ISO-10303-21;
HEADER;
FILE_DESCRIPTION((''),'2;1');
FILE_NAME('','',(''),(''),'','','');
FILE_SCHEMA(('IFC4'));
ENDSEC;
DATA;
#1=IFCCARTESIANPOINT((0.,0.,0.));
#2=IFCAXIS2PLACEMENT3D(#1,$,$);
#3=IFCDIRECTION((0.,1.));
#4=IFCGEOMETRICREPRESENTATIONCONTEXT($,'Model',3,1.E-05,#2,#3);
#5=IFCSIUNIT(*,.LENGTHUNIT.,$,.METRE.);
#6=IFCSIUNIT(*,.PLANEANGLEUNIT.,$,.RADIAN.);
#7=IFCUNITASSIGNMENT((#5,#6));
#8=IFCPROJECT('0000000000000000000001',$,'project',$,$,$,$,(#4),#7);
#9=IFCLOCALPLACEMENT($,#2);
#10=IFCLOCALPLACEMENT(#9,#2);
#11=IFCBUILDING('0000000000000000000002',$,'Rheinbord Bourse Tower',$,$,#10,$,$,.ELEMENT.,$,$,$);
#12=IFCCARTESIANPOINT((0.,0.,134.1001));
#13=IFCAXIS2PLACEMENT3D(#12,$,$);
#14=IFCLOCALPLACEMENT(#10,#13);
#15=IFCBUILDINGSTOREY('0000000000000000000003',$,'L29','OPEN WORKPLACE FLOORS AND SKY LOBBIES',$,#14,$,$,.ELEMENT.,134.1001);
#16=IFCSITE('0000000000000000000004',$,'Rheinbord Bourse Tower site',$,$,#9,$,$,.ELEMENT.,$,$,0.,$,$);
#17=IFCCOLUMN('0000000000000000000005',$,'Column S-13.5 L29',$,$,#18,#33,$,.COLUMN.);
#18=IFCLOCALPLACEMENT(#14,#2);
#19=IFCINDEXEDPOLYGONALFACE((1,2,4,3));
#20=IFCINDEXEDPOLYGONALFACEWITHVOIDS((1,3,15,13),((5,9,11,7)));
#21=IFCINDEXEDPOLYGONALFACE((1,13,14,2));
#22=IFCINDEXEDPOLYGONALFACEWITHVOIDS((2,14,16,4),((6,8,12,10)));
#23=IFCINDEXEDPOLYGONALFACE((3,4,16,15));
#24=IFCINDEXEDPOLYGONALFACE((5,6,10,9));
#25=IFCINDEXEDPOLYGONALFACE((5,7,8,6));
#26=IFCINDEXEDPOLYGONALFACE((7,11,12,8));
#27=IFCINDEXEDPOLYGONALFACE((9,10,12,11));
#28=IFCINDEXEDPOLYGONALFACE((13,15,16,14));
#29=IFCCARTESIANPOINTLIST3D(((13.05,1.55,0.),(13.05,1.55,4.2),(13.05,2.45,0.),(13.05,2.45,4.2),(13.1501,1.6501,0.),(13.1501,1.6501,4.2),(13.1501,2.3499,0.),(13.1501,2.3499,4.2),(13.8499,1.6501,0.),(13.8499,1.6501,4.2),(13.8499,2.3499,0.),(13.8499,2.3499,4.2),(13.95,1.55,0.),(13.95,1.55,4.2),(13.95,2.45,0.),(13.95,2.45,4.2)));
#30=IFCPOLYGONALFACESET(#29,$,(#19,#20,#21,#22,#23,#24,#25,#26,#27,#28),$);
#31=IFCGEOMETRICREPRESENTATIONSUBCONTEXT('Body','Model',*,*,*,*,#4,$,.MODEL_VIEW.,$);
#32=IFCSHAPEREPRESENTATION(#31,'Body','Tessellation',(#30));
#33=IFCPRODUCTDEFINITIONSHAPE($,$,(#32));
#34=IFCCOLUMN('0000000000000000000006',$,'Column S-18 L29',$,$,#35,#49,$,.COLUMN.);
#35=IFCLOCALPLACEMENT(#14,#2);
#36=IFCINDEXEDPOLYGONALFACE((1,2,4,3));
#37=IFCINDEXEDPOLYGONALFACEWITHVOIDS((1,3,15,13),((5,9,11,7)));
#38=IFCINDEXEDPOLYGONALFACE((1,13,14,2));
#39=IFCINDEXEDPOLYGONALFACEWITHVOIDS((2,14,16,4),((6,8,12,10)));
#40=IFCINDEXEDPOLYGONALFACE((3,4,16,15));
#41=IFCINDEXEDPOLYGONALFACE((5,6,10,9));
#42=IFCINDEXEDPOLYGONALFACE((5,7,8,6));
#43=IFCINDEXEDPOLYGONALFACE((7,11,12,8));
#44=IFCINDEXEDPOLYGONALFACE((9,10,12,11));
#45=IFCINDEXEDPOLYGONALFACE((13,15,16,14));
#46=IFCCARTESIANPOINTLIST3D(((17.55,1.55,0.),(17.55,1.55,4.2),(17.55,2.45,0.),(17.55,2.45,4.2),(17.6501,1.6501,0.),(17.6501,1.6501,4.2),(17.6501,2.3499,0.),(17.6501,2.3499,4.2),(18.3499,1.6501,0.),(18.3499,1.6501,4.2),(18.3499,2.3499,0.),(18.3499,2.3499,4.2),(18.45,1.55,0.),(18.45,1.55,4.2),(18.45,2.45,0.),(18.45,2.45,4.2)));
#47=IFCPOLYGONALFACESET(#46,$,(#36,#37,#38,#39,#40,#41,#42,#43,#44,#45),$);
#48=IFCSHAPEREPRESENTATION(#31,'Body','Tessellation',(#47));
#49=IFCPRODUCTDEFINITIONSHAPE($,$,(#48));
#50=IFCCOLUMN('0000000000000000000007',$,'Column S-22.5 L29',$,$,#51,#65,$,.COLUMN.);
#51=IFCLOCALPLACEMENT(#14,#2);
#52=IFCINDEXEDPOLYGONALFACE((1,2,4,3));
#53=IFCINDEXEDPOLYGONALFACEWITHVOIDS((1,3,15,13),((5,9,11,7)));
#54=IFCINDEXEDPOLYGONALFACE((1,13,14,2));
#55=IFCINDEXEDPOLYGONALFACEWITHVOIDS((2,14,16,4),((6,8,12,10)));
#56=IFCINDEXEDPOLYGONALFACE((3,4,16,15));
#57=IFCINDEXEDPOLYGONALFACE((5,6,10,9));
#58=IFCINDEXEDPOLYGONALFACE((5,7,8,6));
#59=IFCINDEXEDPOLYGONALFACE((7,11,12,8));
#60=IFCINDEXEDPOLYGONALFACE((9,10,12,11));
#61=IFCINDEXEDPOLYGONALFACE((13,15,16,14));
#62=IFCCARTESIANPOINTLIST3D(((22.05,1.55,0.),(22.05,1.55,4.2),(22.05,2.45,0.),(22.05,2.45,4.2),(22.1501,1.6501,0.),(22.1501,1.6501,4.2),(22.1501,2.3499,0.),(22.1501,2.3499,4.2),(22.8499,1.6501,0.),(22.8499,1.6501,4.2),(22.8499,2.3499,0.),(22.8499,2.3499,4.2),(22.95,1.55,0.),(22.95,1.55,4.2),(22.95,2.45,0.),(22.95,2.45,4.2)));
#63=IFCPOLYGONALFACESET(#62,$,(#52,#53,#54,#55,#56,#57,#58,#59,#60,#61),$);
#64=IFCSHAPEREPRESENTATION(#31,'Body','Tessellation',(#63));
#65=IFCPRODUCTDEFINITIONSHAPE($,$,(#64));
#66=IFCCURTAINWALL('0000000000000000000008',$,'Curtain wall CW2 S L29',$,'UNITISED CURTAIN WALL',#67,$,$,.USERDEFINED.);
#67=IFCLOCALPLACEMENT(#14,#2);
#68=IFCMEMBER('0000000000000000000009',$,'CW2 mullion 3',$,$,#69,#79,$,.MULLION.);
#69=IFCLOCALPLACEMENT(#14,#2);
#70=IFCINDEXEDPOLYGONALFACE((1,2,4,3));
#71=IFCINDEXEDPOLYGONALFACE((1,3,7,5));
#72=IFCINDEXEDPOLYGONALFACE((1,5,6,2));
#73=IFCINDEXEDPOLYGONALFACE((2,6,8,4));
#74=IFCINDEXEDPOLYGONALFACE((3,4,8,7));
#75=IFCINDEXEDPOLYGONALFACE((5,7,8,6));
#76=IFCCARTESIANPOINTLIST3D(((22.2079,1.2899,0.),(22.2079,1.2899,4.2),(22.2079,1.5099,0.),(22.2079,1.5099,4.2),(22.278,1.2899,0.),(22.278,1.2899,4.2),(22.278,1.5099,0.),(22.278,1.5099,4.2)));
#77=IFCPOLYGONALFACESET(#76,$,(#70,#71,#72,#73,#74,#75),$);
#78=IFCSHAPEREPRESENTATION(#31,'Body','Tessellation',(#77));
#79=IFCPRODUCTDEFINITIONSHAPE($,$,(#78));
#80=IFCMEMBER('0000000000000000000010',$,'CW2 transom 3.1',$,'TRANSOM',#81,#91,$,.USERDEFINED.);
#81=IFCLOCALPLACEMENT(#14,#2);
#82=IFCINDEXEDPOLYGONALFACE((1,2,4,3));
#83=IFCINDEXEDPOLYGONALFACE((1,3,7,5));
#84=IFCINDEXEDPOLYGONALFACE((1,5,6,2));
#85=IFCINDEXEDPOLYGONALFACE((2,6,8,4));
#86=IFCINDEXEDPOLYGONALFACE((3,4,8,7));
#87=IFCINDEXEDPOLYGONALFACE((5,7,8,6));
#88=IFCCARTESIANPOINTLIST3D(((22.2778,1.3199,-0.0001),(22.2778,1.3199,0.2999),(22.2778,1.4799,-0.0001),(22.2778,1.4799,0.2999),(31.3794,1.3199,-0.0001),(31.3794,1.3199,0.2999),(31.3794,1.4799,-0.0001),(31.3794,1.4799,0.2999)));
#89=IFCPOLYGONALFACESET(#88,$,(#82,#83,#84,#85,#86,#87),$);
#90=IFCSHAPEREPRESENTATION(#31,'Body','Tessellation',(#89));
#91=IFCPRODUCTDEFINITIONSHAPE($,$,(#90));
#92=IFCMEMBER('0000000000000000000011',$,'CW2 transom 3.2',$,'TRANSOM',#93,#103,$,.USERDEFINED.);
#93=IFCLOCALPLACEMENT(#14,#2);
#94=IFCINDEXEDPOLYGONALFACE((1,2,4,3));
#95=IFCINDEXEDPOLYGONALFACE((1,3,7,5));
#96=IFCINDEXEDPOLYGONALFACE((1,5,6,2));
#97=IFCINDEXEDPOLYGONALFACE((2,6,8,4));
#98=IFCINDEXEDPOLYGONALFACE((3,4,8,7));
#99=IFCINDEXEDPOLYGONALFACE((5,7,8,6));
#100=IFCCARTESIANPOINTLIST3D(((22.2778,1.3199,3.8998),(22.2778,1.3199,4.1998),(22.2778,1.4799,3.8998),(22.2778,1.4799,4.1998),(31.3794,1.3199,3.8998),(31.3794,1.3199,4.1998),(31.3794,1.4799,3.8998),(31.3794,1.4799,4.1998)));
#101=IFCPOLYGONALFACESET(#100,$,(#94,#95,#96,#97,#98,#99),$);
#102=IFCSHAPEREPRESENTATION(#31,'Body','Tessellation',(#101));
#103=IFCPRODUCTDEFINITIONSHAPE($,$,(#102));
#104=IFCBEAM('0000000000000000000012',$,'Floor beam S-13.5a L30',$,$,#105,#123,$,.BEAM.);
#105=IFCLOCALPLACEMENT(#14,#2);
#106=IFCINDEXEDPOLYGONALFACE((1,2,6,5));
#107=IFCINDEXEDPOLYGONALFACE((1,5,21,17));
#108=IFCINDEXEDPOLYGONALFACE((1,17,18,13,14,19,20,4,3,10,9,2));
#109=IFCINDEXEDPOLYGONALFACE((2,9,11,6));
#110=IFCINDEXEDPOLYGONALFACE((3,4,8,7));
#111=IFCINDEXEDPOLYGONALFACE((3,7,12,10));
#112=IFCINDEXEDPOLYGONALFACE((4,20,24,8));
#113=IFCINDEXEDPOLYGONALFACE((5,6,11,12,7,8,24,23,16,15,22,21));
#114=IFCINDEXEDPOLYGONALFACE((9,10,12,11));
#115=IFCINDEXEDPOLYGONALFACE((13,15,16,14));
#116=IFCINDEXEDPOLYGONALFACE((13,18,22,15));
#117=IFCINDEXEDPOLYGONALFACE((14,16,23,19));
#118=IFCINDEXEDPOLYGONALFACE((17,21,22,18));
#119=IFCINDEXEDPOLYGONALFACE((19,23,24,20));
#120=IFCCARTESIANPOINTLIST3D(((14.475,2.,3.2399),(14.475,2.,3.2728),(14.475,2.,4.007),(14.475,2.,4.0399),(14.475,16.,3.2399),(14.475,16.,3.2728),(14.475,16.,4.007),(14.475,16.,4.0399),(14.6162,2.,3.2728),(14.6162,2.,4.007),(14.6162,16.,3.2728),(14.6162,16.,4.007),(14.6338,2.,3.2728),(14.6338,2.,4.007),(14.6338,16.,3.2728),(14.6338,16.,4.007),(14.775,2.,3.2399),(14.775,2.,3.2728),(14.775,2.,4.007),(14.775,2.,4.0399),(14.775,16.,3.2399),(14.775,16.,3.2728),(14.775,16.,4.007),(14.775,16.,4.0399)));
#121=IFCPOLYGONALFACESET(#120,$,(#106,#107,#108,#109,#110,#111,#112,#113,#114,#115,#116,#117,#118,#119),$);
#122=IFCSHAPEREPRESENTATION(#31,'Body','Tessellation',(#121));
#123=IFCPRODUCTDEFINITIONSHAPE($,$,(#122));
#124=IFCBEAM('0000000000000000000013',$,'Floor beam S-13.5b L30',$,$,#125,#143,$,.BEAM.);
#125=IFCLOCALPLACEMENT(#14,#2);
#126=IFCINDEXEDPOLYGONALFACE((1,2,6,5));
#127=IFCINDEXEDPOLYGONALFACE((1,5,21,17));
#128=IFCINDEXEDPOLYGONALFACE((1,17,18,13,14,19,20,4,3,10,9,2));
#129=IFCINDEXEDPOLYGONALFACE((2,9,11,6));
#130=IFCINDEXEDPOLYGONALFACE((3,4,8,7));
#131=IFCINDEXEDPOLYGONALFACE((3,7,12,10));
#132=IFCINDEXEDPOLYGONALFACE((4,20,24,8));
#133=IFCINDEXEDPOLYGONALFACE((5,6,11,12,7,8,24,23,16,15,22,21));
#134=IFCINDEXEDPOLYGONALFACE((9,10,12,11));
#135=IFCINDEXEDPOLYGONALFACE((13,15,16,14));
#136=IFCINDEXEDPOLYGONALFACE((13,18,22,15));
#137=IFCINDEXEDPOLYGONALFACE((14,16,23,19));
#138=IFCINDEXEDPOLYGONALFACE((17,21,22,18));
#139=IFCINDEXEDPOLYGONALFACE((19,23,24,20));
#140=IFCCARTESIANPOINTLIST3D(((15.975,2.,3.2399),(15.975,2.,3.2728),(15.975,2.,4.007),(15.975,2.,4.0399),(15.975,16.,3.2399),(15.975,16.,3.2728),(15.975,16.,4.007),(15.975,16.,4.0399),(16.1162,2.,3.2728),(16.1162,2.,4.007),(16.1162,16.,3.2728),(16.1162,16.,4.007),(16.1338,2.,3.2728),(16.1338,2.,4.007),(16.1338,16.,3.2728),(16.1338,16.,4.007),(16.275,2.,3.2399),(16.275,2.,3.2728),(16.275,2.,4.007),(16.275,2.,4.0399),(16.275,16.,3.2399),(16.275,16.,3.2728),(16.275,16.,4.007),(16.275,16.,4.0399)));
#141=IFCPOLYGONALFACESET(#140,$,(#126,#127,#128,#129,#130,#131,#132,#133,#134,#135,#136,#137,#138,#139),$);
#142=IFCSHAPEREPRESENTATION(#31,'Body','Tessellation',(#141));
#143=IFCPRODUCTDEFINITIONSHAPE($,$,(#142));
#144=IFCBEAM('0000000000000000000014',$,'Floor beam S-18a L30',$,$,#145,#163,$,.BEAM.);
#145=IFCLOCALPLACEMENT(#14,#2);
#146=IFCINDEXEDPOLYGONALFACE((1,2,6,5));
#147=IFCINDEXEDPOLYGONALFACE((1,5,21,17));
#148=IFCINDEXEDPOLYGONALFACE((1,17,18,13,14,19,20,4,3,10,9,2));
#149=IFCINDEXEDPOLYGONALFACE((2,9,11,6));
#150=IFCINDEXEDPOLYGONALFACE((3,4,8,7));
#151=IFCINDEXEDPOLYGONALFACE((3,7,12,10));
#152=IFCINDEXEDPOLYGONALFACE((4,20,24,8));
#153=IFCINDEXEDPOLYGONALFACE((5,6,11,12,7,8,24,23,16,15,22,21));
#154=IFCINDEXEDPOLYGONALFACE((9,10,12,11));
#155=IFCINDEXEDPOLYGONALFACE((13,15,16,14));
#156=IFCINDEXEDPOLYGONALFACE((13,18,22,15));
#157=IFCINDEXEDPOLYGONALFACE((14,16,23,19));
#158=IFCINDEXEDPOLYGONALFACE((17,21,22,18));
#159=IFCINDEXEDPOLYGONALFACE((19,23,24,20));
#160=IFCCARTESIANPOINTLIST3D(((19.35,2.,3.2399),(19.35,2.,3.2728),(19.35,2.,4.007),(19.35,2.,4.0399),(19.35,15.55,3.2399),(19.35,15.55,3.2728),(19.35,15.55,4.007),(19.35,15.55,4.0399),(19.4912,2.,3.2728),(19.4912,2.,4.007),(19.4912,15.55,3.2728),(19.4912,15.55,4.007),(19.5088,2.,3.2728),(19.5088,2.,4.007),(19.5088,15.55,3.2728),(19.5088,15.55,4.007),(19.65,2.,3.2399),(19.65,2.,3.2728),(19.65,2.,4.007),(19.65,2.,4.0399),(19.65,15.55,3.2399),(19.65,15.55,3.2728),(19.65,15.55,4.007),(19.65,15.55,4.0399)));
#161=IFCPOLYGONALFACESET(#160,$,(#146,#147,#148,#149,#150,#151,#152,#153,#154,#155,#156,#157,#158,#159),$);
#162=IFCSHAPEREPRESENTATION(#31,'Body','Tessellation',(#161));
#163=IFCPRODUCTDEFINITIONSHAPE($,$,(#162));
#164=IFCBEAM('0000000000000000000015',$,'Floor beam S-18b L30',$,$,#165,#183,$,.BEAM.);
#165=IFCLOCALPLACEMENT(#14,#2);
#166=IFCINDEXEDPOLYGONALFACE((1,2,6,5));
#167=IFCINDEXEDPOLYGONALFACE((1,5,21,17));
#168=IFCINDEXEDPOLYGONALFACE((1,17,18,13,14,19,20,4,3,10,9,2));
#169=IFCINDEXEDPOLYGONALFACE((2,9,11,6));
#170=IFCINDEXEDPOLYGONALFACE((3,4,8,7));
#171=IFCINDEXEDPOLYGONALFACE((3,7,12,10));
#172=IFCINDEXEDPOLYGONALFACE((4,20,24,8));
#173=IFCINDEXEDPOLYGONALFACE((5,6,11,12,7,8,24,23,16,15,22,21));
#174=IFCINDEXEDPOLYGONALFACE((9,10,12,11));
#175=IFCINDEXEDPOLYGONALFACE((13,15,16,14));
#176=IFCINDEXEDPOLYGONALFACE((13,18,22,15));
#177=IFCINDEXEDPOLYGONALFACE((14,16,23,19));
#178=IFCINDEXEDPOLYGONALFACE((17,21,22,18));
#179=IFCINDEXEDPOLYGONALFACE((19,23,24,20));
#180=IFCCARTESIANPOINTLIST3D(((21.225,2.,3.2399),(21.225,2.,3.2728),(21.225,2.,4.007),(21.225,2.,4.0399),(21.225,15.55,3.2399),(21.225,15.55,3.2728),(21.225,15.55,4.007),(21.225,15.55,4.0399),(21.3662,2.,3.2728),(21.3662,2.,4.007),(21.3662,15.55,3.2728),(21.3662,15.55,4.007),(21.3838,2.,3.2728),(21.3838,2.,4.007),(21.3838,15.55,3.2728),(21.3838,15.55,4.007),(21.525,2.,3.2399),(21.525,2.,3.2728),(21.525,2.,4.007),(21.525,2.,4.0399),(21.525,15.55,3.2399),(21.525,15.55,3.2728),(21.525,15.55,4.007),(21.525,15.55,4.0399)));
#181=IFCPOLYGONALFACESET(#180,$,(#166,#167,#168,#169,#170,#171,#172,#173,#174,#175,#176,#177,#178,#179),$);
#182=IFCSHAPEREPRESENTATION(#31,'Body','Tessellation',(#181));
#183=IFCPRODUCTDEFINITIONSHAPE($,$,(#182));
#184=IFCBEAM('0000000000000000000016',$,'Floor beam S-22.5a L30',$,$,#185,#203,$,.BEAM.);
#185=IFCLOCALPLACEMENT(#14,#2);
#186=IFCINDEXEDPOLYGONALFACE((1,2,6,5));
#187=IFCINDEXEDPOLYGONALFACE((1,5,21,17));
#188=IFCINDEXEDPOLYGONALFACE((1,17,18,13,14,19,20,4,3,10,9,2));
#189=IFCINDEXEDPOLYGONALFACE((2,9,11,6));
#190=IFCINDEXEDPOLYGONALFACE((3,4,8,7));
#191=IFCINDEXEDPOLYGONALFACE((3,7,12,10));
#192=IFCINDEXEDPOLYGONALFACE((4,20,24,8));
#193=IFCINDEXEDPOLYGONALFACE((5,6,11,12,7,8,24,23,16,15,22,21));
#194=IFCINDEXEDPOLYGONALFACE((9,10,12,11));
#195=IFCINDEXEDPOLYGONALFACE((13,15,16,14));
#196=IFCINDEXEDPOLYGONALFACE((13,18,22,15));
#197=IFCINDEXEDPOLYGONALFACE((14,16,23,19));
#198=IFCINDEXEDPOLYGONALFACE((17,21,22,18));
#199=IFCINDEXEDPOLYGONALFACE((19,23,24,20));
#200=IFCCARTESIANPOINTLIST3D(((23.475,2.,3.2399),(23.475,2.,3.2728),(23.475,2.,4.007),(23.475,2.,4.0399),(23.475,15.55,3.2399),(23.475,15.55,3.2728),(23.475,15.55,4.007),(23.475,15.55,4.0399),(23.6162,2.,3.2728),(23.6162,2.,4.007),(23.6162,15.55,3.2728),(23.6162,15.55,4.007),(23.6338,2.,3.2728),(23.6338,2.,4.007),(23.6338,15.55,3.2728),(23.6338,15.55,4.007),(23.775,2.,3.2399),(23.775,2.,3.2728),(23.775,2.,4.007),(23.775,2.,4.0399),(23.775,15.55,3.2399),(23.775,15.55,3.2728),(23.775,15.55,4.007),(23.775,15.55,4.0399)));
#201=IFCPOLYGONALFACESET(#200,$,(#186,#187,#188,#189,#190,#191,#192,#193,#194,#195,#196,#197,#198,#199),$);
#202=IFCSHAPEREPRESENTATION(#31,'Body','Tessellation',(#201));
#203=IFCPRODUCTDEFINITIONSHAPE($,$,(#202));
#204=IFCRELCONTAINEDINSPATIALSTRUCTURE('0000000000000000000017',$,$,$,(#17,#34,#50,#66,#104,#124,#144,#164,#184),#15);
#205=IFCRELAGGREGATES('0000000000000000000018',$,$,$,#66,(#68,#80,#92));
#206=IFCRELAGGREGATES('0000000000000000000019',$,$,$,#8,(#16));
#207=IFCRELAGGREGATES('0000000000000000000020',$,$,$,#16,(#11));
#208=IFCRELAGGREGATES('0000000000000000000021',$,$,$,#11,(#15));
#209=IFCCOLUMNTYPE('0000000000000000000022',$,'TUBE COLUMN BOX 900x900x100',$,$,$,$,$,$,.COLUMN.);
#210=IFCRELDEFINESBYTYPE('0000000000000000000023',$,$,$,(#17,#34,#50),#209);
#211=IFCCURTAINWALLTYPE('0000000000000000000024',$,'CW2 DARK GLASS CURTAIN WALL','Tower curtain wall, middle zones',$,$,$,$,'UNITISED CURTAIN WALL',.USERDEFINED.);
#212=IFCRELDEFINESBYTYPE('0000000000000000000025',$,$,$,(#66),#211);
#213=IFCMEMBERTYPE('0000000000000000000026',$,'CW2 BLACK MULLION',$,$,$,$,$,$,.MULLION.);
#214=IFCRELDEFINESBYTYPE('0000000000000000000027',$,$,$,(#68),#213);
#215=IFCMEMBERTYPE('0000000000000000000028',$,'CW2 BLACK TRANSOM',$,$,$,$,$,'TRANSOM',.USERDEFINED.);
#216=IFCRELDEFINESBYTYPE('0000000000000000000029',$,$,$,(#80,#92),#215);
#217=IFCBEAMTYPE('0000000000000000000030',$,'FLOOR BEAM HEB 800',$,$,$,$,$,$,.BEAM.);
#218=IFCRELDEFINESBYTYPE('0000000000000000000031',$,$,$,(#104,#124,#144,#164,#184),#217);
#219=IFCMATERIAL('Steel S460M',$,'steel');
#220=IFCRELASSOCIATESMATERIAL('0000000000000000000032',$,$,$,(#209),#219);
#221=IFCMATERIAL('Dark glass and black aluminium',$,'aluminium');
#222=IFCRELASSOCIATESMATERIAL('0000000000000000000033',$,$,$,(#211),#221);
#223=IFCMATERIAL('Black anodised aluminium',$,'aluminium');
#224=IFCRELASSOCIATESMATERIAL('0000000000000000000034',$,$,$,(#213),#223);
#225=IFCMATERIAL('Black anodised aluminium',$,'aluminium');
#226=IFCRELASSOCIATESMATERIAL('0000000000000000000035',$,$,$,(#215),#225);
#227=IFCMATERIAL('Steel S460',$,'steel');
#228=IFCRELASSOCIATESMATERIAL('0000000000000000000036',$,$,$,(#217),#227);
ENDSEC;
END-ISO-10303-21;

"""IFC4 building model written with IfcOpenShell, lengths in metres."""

from ifc_helpers import new_model, si_unit, direction, frame, origin, origin_2d, place, context, subcontext, project, spatial, rectangle, hollow_rectangle, i_section, extrude, material, material_profile, profile_set, type_object, element, aggregate, save


model = new_model("IFC4")

# Units and contexts
model_context = context("Model", 3, precision=1e-05, world=origin(), true_north=direction((0.0, 1.0)))
body_context = subcontext(model_context, "Body", "Model", "MODEL_VIEW")
ifc_project = project(units=[si_unit("LENGTHUNIT", "METRE"), si_unit("PLANEANGLEUNIT", "RADIAN")], contexts=[model_context])

# Site, building, storey
site_placement = place(None, origin())
site = spatial("IfcSite", under=ifc_project, at=site_placement, Name="Rheinbord Bourse Tower site", CompositionType="ELEMENT", RefElevation=0.0)
building_placement = place(site_placement, origin())
building = spatial("IfcBuilding", under=site, at=building_placement, Name="Rheinbord Bourse Tower", CompositionType="ELEMENT")
storey_placement = place(building_placement, frame((0.0, 0.0, 134.1001)))
storey = spatial("IfcBuildingStorey", under=building, at=storey_placement, Name="L29", Description="OPEN WORKPLACE FLOORS AND SKY LOBBIES", CompositionType="ELEMENT", Elevation=134.1001)

# Columns
ifc_material_1 = material(Name="Steel S460M", Category="steel")
ifc_material_profile_1 = material_profile(ifc_material_1, hollow_rectangle(XDim=0.8999, YDim=0.8999, WallThickness=0.1001, at=origin_2d()), Name="BOX 900x900x100")
ifc_profile_set_1 = profile_set([ifc_material_profile_1], Name="Steel S460M")
column_type = type_object("IfcColumnType", Name="TUBE COLUMN BOX 900x900x100", PredefinedType="COLUMN", material=ifc_profile_set_1)
for number, where, z_axis, x_axis, name in (
    (1, (13.5, 2.0, 0.0), (0.0, 0.0, 1.0), (0.0, 1.0, 0.0), "Column S-13.5 L29"),
    (2, (18.0, 2.0, 0.0), (0.0, 0.0, 1.0), (0.0, 1.0, 0.0), "Column S-18 L29"),
    (3, (22.5, 2.0, 0.0), (0.0, 0.0, 1.0), (0.0, 1.0, 0.0), "Column S-22.5 L29"),
):
    element("IfcColumn", number, at=place(storey_placement, frame(where, z_axis=z_axis, x_axis=x_axis)), inside=storey, type_object=column_type, Name=name, PredefinedType="COLUMN", context=body_context, shape_type="SweptSolid", body=[
        extrude(hollow_rectangle(XDim=0.8999, YDim=0.8999, WallThickness=0.1001, at=origin_2d()), origin(), (0.0, 0.0, 1.0), 4.2),
    ])

# Curtain wall, members
ifc_material_2 = material(Name="Dark glass and black aluminium", Category="aluminium")
curtain_wall_type = type_object("IfcCurtainWallType", Name="CW2 DARK GLASS CURTAIN WALL", Description="Tower curtain wall, middle zones", ElementType="UNITISED CURTAIN WALL", PredefinedType="USERDEFINED", material=ifc_material_2)
curtain_wall_placement = place(storey_placement, origin())
curtain_wall = element("IfcCurtainWall", 4, at=curtain_wall_placement, inside=storey, type_object=curtain_wall_type, Name="Curtain wall CW2 S L29", ObjectType="UNITISED CURTAIN WALL", PredefinedType="USERDEFINED")
ifc_material_3 = material(Name="Black anodised aluminium", Category="aluminium")
ifc_material_profile_2 = material_profile(ifc_material_3, rectangle(XDim=0.22, YDim=0.0701, at=origin_2d()), Name="CW2 MULLION 70x220")
ifc_profile_set_2 = profile_set([ifc_material_profile_2], Name="Black anodised aluminium")
member_type_1 = type_object("IfcMemberType", Name="CW2 BLACK MULLION", PredefinedType="MULLION", material=ifc_profile_set_2)
member_1_placement = place(storey_placement, frame((22.2429, 1.3999, 0.0), z_axis=(0.0, 0.0, 1.0), x_axis=(0.0, 1.0, 0.0)))
member_1 = element("IfcMember", 5, at=member_1_placement, type_object=member_type_1, Name="CW2 mullion 3", PredefinedType="MULLION", context=body_context, shape_type="SweptSolid", body=[
    extrude(rectangle(XDim=0.22, YDim=0.0701, at=origin_2d()), origin(), (0.0, 0.0, 1.0), 4.2),
])
ifc_material_4 = material(Name="Black anodised aluminium", Category="aluminium")
ifc_material_profile_3 = material_profile(ifc_material_4, rectangle(XDim=0.1599, YDim=0.3, at=origin_2d()), Name="CW2 TRANSOM 300x160")
ifc_profile_set_3 = profile_set([ifc_material_profile_3], Name="Black anodised aluminium")
member_type_2 = type_object("IfcMemberType", Name="CW2 BLACK TRANSOM", ElementType="TRANSOM", PredefinedType="USERDEFINED", material=ifc_profile_set_3)
member_2_placement = place(storey_placement, frame((22.2778, 1.3999, 0.1499), z_axis=(1.0, 0.0, 0.0), x_axis=(0.0, 1.0, 0.0)))
member_2 = element("IfcMember", 6, at=member_2_placement, type_object=member_type_2, Name="CW2 transom 3.1", ObjectType="TRANSOM", PredefinedType="USERDEFINED", context=body_context, shape_type="SweptSolid", body=[
    extrude(rectangle(XDim=0.1599, YDim=0.3, at=origin_2d()), origin(), (0.0, 0.0, 1.0), 9.1016),
])
member_3_placement = place(storey_placement, frame((22.2778, 1.3999, 4.0498), z_axis=(1.0, 0.0, 0.0), x_axis=(0.0, 1.0, 0.0)))
member_3 = element("IfcMember", 7, at=member_3_placement, type_object=member_type_2, Name="CW2 transom 3.2", ObjectType="TRANSOM", PredefinedType="USERDEFINED", context=body_context, shape_type="SweptSolid", body=[
    extrude(rectangle(XDim=0.1599, YDim=0.3, at=origin_2d()), origin(), (0.0, 0.0, 1.0), 9.1016),
])

# Beams
ifc_material_5 = material(Name="Steel S460", Category="steel")
ifc_material_profile_4 = material_profile(ifc_material_5, i_section(OverallWidth=0.3, OverallDepth=0.8, WebThickness=0.0176, FlangeThickness=0.033, at=origin_2d()), Name="HEB 800")
ifc_profile_set_4 = profile_set([ifc_material_profile_4], Name="Steel S460")
beam_type_1 = type_object("IfcBeamType", Name="FLOOR BEAM HEB 800", PredefinedType="BEAM", material=ifc_profile_set_4)
for number, where, z_axis, x_axis, name in (
    (8, (14.625, 2.0, 3.6399), (0.0, 1.0, 0.0), (-1.0, 0.0, 0.0), "Floor beam S-13.5a L30"),
    (9, (16.125, 2.0, 3.6399), (0.0, 1.0, 0.0), (-1.0, 0.0, 0.0), "Floor beam S-13.5b L30"),
):
    element("IfcBeam", number, at=place(storey_placement, frame(where, z_axis=z_axis, x_axis=x_axis)), inside=storey, type_object=beam_type_1, Name=name, PredefinedType="BEAM", context=body_context, shape_type="SweptSolid", body=[
        extrude(i_section(OverallWidth=0.3, OverallDepth=0.8, WebThickness=0.0176, FlangeThickness=0.033, at=origin_2d()), origin(), (0.0, 0.0, 1.0), 14.0),
    ])
for number, where, z_axis, x_axis, name in (
    (10, (19.5, 2.0, 3.6399), (0.0, 1.0, 0.0), (-1.0, 0.0, 0.0), "Floor beam S-18a L30"),
    (11, (21.375, 2.0, 3.6399), (0.0, 1.0, 0.0), (-1.0, 0.0, 0.0), "Floor beam S-18b L30"),
    (12, (23.625, 2.0, 3.6399), (0.0, 1.0, 0.0), (-1.0, 0.0, 0.0), "Floor beam S-22.5a L30"),
):
    element("IfcBeam", number, at=place(storey_placement, frame(where, z_axis=z_axis, x_axis=x_axis)), inside=storey, type_object=beam_type_1, Name=name, PredefinedType="BEAM", context=body_context, shape_type="SweptSolid", body=[
        extrude(i_section(OverallWidth=0.3, OverallDepth=0.8, WebThickness=0.0176, FlangeThickness=0.033, at=origin_2d()), origin(), (0.0, 0.0, 1.0), 13.55),
    ])

aggregate(curtain_wall, [member_1, member_2, member_3])

save(model, "model.ifc")
